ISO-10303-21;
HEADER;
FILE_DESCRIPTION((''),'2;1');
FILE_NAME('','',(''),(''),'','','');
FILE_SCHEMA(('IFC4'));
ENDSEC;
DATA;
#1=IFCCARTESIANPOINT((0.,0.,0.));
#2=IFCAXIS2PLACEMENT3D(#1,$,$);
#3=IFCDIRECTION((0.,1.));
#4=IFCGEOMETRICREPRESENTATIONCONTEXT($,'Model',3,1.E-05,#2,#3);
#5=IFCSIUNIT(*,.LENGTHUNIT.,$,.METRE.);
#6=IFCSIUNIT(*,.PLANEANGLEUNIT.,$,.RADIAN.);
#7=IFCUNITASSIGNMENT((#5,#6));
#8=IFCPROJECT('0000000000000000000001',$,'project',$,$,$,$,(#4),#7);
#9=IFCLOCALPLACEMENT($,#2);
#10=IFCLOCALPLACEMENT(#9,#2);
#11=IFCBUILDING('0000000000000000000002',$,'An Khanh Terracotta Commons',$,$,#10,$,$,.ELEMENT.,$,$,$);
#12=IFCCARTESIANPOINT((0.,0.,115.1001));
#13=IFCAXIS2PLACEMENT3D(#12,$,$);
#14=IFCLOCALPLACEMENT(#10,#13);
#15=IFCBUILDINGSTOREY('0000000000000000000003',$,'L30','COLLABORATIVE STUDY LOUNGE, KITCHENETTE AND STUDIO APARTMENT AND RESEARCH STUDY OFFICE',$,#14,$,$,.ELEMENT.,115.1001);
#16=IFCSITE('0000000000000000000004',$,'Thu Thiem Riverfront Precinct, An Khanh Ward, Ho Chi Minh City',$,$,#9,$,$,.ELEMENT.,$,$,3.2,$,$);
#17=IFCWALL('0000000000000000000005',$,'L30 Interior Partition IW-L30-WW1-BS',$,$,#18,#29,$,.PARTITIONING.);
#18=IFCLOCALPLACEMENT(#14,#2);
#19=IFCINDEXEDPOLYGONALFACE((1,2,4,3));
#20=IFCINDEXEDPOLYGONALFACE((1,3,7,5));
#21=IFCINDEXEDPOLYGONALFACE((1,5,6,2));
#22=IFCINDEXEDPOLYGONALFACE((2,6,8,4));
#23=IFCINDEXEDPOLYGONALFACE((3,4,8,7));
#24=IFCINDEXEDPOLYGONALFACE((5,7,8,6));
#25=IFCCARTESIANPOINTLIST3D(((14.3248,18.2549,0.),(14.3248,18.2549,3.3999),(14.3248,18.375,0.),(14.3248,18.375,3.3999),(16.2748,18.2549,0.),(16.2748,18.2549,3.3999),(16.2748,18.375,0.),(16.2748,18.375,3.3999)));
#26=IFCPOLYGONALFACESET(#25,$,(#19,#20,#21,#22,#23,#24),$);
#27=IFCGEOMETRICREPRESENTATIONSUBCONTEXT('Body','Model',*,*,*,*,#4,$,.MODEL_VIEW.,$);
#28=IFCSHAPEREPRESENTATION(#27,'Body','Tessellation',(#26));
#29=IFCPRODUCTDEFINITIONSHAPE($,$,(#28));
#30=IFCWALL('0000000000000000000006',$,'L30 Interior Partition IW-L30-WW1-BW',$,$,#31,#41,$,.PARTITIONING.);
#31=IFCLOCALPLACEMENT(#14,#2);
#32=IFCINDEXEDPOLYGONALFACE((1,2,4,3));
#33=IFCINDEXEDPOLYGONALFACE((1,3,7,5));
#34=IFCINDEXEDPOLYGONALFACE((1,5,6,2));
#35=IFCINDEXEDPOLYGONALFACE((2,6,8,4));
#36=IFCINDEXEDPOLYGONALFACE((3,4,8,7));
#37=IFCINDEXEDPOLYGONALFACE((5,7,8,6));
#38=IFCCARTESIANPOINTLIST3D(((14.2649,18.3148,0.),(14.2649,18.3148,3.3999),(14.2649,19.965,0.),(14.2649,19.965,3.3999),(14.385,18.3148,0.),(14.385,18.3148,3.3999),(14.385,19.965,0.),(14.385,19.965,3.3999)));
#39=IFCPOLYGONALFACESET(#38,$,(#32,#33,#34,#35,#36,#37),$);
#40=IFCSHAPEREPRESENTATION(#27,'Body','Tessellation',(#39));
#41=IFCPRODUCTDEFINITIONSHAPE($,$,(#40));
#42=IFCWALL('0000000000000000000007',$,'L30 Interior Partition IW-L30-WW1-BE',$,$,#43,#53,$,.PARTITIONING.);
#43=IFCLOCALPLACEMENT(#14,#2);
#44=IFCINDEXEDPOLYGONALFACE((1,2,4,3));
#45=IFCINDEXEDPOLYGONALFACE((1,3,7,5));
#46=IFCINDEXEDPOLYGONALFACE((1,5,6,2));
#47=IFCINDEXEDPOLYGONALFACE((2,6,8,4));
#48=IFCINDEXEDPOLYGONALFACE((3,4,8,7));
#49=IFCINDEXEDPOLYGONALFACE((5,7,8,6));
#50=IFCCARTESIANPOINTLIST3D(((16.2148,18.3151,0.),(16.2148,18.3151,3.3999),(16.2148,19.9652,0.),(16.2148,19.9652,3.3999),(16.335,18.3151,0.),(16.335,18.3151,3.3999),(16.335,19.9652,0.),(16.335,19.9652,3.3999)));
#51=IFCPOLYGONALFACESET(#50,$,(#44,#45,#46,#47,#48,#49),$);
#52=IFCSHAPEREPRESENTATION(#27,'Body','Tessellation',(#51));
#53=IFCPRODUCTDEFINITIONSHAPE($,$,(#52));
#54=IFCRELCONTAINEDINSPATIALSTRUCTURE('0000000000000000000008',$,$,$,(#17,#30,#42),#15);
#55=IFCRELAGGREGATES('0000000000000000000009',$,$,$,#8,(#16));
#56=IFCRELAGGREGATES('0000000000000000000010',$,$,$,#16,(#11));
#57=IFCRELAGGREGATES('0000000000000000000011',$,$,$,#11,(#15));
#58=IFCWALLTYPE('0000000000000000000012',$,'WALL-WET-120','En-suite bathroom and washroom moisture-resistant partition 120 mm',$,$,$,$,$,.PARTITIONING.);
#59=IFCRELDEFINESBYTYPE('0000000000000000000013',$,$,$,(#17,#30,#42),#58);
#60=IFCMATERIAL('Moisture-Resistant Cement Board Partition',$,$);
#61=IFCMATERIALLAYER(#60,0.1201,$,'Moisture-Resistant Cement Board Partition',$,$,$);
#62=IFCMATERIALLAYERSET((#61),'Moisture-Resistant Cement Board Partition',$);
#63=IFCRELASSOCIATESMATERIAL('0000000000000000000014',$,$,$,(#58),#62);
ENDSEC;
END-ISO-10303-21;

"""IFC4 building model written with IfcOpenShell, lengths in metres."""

from ifc_helpers import new_model, si_unit, direction, frame, frame_2d, origin, place, context, subcontext, project, spatial, rectangle, extrude, material, layer, layer_set, type_object, element, save


model = new_model("IFC4")

# Units and contexts
model_context = context("Model", 3, precision=1e-05, world=origin(), true_north=direction((0.0, 1.0)))
body_context = subcontext(model_context, "Body", "Model", "MODEL_VIEW")
ifc_project = project(units=[si_unit("LENGTHUNIT", "METRE"), si_unit("PLANEANGLEUNIT", "RADIAN")], contexts=[model_context])

# Site, building, storey
site_placement = place(None, origin())
site = spatial("IfcSite", under=ifc_project, at=site_placement, Name="Thu Thiem Riverfront Precinct, An Khanh Ward, Ho Chi Minh City", CompositionType="ELEMENT", RefElevation=3.2)
building_placement = place(site_placement, origin())
building = spatial("IfcBuilding", under=site, at=building_placement, Name="An Khanh Terracotta Commons", CompositionType="ELEMENT")
storey_placement = place(building_placement, frame((0.0, 0.0, 115.1001)))
storey = spatial("IfcBuildingStorey", under=building, at=storey_placement, Name="L30", Description="COLLABORATIVE STUDY LOUNGE, KITCHENETTE AND STUDIO APARTMENT AND RESEARCH STUDY OFFICE", CompositionType="ELEMENT", Elevation=115.1001)

# Shared definitions
ifc_material_1 = material(Name="Moisture-Resistant Cement Board Partition")
ifc_layer_1 = layer(ifc_material_1, 0.1201, Name="Moisture-Resistant Cement Board Partition")
ifc_layer_set_1 = layer_set([ifc_layer_1], Name="Moisture-Resistant Cement Board Partition")
wall_type_1 = type_object("IfcWallType", Name="WALL-WET-120", Description="En-suite bathroom and washroom moisture-resistant partition 120 mm", PredefinedType="PARTITIONING", material=ifc_layer_set_1)

# Walls
wall_1_placement = place(storey_placement, frame((16.2749, 18.3149, 0.0), z_axis=(0.0, 0.0, 1.0), x_axis=(-1.0, 0.0, 0.0)))
element("IfcWall", 1, at=wall_1_placement, inside=storey, type_object=wall_type_1, Name="L30 Interior Partition IW-L30-WW1-BS", PredefinedType="PARTITIONING", context=body_context, shape_type="SweptSolid", body=[
    extrude(rectangle(XDim=1.95, YDim=0.1201, at=frame_2d((0.9751, 0.0))), origin(), (0.0, 0.0, 1.0), 3.3999),
])
for number, where, z_axis, x_axis, name in (
    (2, (14.325, 19.9651, 0.0), (0.0, 0.0, 1.0), (0.0, -1.0, 0.0), "L30 Interior Partition IW-L30-WW1-BW"),
    (3, (16.2749, 18.3149, 0.0), (0.0, 0.0, 1.0), (0.0, 1.0, 0.0), "L30 Interior Partition IW-L30-WW1-BE"),
):
    element("IfcWall", number, at=place(storey_placement, frame(where, z_axis=z_axis, x_axis=x_axis)), inside=storey, type_object=wall_type_1, Name=name, PredefinedType="PARTITIONING", context=body_context, shape_type="SweptSolid", body=[
        extrude(rectangle(XDim=1.6501, YDim=0.1201, at=frame_2d((0.8252, 0.0))), origin(), (0.0, 0.0, 1.0), 3.3999),
    ])

save(model, "model.ifc")
